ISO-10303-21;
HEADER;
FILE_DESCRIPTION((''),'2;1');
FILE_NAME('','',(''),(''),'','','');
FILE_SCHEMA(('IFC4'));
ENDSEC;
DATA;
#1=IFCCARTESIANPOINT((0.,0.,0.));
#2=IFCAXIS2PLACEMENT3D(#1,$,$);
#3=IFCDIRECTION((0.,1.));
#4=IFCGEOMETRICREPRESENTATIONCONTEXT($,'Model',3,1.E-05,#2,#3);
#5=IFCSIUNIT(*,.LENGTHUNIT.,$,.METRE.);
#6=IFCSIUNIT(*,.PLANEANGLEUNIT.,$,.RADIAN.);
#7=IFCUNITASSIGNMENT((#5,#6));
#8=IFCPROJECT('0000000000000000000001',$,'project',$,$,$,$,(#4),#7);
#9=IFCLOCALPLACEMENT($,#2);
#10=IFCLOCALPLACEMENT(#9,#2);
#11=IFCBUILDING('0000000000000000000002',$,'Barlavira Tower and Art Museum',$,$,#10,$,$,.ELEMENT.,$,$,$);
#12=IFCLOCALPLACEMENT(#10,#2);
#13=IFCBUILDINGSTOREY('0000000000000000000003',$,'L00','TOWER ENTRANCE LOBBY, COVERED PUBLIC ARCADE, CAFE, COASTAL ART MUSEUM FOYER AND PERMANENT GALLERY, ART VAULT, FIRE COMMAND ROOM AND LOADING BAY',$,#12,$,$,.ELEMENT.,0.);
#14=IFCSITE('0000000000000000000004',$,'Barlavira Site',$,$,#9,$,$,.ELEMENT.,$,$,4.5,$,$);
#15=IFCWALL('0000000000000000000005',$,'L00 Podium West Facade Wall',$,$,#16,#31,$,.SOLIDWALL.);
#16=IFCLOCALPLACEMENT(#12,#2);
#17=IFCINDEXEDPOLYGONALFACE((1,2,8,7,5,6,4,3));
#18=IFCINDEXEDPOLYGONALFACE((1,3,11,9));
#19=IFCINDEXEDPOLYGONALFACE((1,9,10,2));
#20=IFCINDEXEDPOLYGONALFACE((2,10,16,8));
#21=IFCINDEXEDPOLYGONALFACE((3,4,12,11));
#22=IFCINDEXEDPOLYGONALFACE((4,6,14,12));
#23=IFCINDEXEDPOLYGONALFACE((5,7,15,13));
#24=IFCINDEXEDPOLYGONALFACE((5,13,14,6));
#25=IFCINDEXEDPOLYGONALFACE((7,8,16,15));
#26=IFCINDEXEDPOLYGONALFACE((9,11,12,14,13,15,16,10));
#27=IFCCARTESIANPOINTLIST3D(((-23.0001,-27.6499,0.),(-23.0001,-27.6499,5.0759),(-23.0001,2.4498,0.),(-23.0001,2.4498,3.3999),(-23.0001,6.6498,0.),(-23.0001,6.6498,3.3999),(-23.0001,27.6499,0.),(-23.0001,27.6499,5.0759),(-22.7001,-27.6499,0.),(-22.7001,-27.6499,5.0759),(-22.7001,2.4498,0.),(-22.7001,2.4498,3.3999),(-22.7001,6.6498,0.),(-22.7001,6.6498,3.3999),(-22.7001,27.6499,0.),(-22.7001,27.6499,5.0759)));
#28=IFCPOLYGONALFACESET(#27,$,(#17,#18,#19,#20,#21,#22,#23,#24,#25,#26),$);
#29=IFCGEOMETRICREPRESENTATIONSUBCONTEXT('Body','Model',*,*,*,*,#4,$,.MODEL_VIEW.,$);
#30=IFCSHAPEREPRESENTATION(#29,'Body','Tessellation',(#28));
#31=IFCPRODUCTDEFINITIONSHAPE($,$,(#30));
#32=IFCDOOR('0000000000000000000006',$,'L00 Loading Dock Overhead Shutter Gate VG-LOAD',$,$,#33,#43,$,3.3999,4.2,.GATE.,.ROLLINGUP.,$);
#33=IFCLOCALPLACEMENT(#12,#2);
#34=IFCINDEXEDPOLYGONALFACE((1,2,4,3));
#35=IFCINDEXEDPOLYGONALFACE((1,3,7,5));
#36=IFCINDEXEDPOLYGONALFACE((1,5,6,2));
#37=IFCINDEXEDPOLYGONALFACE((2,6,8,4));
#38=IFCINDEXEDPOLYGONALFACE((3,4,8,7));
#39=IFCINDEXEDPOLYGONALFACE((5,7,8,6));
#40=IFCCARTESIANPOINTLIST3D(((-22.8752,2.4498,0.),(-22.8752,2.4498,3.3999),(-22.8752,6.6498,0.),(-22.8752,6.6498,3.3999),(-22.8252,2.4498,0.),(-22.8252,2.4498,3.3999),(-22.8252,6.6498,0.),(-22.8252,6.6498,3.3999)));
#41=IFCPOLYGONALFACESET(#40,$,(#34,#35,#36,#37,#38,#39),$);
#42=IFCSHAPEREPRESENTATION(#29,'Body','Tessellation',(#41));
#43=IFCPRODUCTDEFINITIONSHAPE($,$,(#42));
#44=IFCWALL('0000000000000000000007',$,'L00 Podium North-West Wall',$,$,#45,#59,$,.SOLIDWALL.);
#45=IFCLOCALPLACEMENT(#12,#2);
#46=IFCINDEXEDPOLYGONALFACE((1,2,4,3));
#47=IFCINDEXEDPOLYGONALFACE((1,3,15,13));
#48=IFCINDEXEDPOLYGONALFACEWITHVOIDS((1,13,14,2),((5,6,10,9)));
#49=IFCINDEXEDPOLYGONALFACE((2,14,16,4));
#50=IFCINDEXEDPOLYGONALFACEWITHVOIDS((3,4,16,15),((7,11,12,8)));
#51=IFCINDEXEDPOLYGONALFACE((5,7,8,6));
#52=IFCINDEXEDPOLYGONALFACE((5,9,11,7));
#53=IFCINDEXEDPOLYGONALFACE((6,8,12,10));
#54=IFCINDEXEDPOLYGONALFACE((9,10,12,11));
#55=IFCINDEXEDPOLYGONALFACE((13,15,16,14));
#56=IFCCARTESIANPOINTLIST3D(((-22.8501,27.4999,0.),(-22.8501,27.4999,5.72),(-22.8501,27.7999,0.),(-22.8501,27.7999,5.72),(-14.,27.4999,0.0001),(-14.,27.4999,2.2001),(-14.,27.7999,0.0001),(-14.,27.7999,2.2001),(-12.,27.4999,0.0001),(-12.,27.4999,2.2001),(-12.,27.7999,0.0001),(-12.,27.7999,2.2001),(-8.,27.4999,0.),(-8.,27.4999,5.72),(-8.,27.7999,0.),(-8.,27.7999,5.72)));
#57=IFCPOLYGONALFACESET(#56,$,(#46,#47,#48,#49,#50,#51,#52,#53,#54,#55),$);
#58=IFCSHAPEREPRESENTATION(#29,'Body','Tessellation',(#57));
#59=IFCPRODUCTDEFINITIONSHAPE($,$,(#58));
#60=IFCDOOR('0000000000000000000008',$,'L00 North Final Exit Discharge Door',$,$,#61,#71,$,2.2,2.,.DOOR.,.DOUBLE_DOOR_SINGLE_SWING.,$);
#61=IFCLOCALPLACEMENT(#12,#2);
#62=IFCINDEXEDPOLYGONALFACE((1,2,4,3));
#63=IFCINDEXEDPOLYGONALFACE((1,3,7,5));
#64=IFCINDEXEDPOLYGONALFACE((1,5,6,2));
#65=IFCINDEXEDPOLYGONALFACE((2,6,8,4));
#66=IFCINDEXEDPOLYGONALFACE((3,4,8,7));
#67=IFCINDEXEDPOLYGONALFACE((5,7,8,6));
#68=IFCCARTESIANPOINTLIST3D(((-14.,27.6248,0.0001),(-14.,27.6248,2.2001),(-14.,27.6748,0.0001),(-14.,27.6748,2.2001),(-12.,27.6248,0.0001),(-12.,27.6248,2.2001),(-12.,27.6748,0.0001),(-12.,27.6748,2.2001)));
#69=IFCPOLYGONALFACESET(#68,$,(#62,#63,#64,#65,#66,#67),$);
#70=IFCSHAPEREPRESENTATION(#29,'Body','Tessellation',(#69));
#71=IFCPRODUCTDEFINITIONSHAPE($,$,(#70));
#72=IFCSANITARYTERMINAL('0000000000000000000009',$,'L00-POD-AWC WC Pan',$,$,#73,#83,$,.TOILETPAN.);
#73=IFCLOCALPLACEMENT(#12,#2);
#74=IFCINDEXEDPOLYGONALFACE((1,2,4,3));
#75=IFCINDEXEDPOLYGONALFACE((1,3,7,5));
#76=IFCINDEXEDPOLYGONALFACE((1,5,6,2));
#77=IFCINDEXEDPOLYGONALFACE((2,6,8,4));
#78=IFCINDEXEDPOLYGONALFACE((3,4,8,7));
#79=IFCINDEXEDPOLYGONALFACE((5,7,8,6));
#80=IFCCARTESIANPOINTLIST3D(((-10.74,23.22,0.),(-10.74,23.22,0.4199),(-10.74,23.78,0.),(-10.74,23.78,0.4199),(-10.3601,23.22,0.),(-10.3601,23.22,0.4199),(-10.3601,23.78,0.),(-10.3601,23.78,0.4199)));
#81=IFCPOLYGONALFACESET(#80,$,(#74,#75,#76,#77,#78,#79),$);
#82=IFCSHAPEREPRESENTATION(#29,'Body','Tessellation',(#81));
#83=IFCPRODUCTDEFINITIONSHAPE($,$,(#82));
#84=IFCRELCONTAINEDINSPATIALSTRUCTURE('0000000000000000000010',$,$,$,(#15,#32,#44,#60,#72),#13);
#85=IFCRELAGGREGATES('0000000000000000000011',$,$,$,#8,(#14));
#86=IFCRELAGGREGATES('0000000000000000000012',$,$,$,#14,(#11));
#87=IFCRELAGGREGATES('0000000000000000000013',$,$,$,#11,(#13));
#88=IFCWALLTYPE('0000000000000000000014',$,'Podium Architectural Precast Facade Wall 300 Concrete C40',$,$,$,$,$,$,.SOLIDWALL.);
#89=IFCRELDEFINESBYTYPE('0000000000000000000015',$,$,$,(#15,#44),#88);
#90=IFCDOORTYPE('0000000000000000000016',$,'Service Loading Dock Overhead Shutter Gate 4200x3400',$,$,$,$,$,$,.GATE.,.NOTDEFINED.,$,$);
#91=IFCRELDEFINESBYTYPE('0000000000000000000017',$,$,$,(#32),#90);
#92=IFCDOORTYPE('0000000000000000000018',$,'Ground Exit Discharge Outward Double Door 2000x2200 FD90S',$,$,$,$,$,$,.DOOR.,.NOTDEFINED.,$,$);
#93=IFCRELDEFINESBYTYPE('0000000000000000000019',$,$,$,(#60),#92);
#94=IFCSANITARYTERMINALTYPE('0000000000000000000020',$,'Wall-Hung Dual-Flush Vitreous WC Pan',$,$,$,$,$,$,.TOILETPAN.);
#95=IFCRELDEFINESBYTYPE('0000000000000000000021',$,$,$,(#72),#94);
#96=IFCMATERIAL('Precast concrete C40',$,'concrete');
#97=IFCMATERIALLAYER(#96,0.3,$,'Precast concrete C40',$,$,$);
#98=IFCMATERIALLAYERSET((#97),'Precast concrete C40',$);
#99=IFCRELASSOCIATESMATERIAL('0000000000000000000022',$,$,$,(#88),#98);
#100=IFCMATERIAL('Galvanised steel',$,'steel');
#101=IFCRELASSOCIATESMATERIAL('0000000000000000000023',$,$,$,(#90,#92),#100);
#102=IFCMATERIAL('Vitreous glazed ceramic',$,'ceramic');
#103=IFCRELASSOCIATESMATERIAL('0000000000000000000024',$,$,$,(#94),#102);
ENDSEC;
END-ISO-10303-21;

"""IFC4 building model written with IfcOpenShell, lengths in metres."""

from ifc_helpers import new_model, si_unit, direction, frame, frame_2d, origin, origin_2d, place, context, subcontext, project, spatial, rectangle, extrude, material, layer, layer_set, type_object, element, fill, save


model = new_model("IFC4")

# Units and contexts
model_context = context("Model", 3, precision=1e-05, world=origin(), true_north=direction((0.0, 1.0)))
body_context = subcontext(model_context, "Body", "Model", "MODEL_VIEW")
ifc_project = project(units=[si_unit("LENGTHUNIT", "METRE"), si_unit("PLANEANGLEUNIT", "RADIAN")], contexts=[model_context])

# Site, building, storey
site_placement = place(None, origin())
site = spatial("IfcSite", under=ifc_project, at=site_placement, Name="Barlavira Site", CompositionType="ELEMENT", RefElevation=4.5)
building_placement = place(site_placement, origin())
building = spatial("IfcBuilding", under=site, at=building_placement, Name="Barlavira Tower and Art Museum", CompositionType="ELEMENT")
storey_placement = place(building_placement, origin())
storey = spatial("IfcBuildingStorey", under=building, at=storey_placement, Name="L00", Description="TOWER ENTRANCE LOBBY, COVERED PUBLIC ARCADE, CAFE, COASTAL ART MUSEUM FOYER AND PERMANENT GALLERY, ART VAULT, FIRE COMMAND ROOM AND LOADING BAY", CompositionType="ELEMENT", Elevation=0.0)

# Walls, openings, doors
ifc_material_1 = material(Name="Precast concrete C40", Category="concrete")
ifc_layer_1 = layer(ifc_material_1, 0.3, Name="Precast concrete C40")
ifc_layer_set_1 = layer_set([ifc_layer_1], Name="Precast concrete C40")
wall_type_1 = type_object("IfcWallType", Name="Podium Architectural Precast Facade Wall 300 Concrete C40", PredefinedType="SOLIDWALL", material=ifc_layer_set_1)
wall_1_placement = place(storey_placement, frame((-22.8501, 27.6499, 0.0), z_axis=(0.0, 0.0, 1.0), x_axis=(0.0, -1.0, 0.0)))
wall_1 = element("IfcWall", 1, at=wall_1_placement, inside=storey, type_object=wall_type_1, Name="L00 Podium West Facade Wall", PredefinedType="SOLIDWALL", context=body_context, shape_type="SweptSolid", body=[
    extrude(rectangle(XDim=55.2998, YDim=0.3, at=frame_2d((27.6499, 0.0))), origin(), (0.0, 0.0, 1.0), 5.0759),
])
opening_1_placement = place(wall_1_placement, frame((21.0, 0.0, 0.0)))
opening_1 = element("IfcOpeningElement", 2, at=opening_1_placement, cuts=wall_1, PredefinedType="OPENING", context=body_context, shape_type="SweptSolid", body=[
    extrude(rectangle(XDim=4.2, YDim=3.3999, at=frame_2d((2.1001, 1.7))), frame((0.0, 0.1602, 0.0), z_axis=(0.0, -1.0, 0.0), x_axis=(1.0, 0.0, 0.0)), (0.0, 0.0, 1.0), 0.3201),
])
ifc_material_2 = material(Name="Galvanised steel", Category="steel")
door_type_1 = type_object("IfcDoorType", Name="Service Loading Dock Overhead Shutter Gate 4200x3400", OperationType="NOTDEFINED", PredefinedType="GATE", material=ifc_material_2)
door_1_placement = place(opening_1_placement, origin())
door_1 = element("IfcDoor", 3, at=door_1_placement, inside=storey, type_object=door_type_1, Name="L00 Loading Dock Overhead Shutter Gate VG-LOAD", OperationType="ROLLINGUP", OverallHeight=3.3999, OverallWidth=4.2, PredefinedType="GATE", context=body_context, shape_type="SweptSolid", body=[
    extrude(rectangle(XDim=4.2, YDim=3.3999, at=frame_2d((2.1001, 1.7))), frame((0.0, 0.0249, 0.0), z_axis=(0.0, -1.0, 0.0), x_axis=(1.0, 0.0, 0.0)), (0.0, 0.0, 1.0), 0.05),
])
fill(opening_1, door_1)
wall_2_placement = place(storey_placement, frame((-22.8501, 27.6499, 0.0), z_axis=(0.0, 0.0, 1.0), x_axis=(1.0, 0.0, 0.0)))
wall_2 = element("IfcWall", 4, at=wall_2_placement, inside=storey, type_object=wall_type_1, Name="L00 Podium North-West Wall", PredefinedType="SOLIDWALL", context=body_context, shape_type="SweptSolid", body=[
    extrude(rectangle(XDim=14.8501, YDim=0.3, at=frame_2d((7.425, 0.0))), origin(), (0.0, 0.0, 1.0), 5.72),
])
opening_2_placement = place(wall_2_placement, frame((8.8501, 0.0, 0.0)))
opening_2 = element("IfcOpeningElement", 5, at=opening_2_placement, cuts=wall_2, PredefinedType="OPENING", context=body_context, shape_type="SweptSolid", body=[
    extrude(rectangle(XDim=2.0, YDim=2.2, at=frame_2d((1.0, 1.1001))), frame((0.0, 0.1602, 0.0), z_axis=(0.0, -1.0, 0.0), x_axis=(1.0, 0.0, 0.0)), (0.0, 0.0, 1.0), 0.3201),
])
door_type_2 = type_object("IfcDoorType", Name="Ground Exit Discharge Outward Double Door 2000x2200 FD90S", OperationType="NOTDEFINED", PredefinedType="DOOR", material=ifc_material_2)
door_2_placement = place(opening_2_placement, origin())
door_2 = element("IfcDoor", 6, at=door_2_placement, inside=storey, type_object=door_type_2, Name="L00 North Final Exit Discharge Door", OperationType="DOUBLE_DOOR_SINGLE_SWING", OverallHeight=2.2, OverallWidth=2.0, PredefinedType="DOOR", context=body_context, shape_type="SweptSolid", body=[
    extrude(rectangle(XDim=2.0, YDim=2.2, at=frame_2d((1.0, 1.1001))), frame((0.0, 0.0249, 0.0), z_axis=(0.0, -1.0, 0.0), x_axis=(1.0, 0.0, 0.0)), (0.0, 0.0, 1.0), 0.05),
])
fill(opening_2, door_2)

# Sanitary terminal
ifc_material_3 = material(Name="Vitreous glazed ceramic", Category="ceramic")
sanitary_terminal_type = type_object("IfcSanitaryTerminalType", Name="Wall-Hung Dual-Flush Vitreous WC Pan", PredefinedType="TOILETPAN", material=ifc_material_3)
sanitary_terminal_placement = place(storey_placement, frame((-10.55, 23.5, 0.0), z_axis=(0.0, 0.0, 1.0), x_axis=(1.0, 0.0, 0.0)))
element("IfcSanitaryTerminal", 7, at=sanitary_terminal_placement, inside=storey, type_object=sanitary_terminal_type, Name="L00-POD-AWC WC Pan", PredefinedType="TOILETPAN", context=body_context, shape_type="SweptSolid", body=[
    extrude(rectangle(XDim=0.3799, YDim=0.5601, at=origin_2d()), origin(), (0.0, 0.0, 1.0), 0.4199),
])

save(model, "model.ifc")
